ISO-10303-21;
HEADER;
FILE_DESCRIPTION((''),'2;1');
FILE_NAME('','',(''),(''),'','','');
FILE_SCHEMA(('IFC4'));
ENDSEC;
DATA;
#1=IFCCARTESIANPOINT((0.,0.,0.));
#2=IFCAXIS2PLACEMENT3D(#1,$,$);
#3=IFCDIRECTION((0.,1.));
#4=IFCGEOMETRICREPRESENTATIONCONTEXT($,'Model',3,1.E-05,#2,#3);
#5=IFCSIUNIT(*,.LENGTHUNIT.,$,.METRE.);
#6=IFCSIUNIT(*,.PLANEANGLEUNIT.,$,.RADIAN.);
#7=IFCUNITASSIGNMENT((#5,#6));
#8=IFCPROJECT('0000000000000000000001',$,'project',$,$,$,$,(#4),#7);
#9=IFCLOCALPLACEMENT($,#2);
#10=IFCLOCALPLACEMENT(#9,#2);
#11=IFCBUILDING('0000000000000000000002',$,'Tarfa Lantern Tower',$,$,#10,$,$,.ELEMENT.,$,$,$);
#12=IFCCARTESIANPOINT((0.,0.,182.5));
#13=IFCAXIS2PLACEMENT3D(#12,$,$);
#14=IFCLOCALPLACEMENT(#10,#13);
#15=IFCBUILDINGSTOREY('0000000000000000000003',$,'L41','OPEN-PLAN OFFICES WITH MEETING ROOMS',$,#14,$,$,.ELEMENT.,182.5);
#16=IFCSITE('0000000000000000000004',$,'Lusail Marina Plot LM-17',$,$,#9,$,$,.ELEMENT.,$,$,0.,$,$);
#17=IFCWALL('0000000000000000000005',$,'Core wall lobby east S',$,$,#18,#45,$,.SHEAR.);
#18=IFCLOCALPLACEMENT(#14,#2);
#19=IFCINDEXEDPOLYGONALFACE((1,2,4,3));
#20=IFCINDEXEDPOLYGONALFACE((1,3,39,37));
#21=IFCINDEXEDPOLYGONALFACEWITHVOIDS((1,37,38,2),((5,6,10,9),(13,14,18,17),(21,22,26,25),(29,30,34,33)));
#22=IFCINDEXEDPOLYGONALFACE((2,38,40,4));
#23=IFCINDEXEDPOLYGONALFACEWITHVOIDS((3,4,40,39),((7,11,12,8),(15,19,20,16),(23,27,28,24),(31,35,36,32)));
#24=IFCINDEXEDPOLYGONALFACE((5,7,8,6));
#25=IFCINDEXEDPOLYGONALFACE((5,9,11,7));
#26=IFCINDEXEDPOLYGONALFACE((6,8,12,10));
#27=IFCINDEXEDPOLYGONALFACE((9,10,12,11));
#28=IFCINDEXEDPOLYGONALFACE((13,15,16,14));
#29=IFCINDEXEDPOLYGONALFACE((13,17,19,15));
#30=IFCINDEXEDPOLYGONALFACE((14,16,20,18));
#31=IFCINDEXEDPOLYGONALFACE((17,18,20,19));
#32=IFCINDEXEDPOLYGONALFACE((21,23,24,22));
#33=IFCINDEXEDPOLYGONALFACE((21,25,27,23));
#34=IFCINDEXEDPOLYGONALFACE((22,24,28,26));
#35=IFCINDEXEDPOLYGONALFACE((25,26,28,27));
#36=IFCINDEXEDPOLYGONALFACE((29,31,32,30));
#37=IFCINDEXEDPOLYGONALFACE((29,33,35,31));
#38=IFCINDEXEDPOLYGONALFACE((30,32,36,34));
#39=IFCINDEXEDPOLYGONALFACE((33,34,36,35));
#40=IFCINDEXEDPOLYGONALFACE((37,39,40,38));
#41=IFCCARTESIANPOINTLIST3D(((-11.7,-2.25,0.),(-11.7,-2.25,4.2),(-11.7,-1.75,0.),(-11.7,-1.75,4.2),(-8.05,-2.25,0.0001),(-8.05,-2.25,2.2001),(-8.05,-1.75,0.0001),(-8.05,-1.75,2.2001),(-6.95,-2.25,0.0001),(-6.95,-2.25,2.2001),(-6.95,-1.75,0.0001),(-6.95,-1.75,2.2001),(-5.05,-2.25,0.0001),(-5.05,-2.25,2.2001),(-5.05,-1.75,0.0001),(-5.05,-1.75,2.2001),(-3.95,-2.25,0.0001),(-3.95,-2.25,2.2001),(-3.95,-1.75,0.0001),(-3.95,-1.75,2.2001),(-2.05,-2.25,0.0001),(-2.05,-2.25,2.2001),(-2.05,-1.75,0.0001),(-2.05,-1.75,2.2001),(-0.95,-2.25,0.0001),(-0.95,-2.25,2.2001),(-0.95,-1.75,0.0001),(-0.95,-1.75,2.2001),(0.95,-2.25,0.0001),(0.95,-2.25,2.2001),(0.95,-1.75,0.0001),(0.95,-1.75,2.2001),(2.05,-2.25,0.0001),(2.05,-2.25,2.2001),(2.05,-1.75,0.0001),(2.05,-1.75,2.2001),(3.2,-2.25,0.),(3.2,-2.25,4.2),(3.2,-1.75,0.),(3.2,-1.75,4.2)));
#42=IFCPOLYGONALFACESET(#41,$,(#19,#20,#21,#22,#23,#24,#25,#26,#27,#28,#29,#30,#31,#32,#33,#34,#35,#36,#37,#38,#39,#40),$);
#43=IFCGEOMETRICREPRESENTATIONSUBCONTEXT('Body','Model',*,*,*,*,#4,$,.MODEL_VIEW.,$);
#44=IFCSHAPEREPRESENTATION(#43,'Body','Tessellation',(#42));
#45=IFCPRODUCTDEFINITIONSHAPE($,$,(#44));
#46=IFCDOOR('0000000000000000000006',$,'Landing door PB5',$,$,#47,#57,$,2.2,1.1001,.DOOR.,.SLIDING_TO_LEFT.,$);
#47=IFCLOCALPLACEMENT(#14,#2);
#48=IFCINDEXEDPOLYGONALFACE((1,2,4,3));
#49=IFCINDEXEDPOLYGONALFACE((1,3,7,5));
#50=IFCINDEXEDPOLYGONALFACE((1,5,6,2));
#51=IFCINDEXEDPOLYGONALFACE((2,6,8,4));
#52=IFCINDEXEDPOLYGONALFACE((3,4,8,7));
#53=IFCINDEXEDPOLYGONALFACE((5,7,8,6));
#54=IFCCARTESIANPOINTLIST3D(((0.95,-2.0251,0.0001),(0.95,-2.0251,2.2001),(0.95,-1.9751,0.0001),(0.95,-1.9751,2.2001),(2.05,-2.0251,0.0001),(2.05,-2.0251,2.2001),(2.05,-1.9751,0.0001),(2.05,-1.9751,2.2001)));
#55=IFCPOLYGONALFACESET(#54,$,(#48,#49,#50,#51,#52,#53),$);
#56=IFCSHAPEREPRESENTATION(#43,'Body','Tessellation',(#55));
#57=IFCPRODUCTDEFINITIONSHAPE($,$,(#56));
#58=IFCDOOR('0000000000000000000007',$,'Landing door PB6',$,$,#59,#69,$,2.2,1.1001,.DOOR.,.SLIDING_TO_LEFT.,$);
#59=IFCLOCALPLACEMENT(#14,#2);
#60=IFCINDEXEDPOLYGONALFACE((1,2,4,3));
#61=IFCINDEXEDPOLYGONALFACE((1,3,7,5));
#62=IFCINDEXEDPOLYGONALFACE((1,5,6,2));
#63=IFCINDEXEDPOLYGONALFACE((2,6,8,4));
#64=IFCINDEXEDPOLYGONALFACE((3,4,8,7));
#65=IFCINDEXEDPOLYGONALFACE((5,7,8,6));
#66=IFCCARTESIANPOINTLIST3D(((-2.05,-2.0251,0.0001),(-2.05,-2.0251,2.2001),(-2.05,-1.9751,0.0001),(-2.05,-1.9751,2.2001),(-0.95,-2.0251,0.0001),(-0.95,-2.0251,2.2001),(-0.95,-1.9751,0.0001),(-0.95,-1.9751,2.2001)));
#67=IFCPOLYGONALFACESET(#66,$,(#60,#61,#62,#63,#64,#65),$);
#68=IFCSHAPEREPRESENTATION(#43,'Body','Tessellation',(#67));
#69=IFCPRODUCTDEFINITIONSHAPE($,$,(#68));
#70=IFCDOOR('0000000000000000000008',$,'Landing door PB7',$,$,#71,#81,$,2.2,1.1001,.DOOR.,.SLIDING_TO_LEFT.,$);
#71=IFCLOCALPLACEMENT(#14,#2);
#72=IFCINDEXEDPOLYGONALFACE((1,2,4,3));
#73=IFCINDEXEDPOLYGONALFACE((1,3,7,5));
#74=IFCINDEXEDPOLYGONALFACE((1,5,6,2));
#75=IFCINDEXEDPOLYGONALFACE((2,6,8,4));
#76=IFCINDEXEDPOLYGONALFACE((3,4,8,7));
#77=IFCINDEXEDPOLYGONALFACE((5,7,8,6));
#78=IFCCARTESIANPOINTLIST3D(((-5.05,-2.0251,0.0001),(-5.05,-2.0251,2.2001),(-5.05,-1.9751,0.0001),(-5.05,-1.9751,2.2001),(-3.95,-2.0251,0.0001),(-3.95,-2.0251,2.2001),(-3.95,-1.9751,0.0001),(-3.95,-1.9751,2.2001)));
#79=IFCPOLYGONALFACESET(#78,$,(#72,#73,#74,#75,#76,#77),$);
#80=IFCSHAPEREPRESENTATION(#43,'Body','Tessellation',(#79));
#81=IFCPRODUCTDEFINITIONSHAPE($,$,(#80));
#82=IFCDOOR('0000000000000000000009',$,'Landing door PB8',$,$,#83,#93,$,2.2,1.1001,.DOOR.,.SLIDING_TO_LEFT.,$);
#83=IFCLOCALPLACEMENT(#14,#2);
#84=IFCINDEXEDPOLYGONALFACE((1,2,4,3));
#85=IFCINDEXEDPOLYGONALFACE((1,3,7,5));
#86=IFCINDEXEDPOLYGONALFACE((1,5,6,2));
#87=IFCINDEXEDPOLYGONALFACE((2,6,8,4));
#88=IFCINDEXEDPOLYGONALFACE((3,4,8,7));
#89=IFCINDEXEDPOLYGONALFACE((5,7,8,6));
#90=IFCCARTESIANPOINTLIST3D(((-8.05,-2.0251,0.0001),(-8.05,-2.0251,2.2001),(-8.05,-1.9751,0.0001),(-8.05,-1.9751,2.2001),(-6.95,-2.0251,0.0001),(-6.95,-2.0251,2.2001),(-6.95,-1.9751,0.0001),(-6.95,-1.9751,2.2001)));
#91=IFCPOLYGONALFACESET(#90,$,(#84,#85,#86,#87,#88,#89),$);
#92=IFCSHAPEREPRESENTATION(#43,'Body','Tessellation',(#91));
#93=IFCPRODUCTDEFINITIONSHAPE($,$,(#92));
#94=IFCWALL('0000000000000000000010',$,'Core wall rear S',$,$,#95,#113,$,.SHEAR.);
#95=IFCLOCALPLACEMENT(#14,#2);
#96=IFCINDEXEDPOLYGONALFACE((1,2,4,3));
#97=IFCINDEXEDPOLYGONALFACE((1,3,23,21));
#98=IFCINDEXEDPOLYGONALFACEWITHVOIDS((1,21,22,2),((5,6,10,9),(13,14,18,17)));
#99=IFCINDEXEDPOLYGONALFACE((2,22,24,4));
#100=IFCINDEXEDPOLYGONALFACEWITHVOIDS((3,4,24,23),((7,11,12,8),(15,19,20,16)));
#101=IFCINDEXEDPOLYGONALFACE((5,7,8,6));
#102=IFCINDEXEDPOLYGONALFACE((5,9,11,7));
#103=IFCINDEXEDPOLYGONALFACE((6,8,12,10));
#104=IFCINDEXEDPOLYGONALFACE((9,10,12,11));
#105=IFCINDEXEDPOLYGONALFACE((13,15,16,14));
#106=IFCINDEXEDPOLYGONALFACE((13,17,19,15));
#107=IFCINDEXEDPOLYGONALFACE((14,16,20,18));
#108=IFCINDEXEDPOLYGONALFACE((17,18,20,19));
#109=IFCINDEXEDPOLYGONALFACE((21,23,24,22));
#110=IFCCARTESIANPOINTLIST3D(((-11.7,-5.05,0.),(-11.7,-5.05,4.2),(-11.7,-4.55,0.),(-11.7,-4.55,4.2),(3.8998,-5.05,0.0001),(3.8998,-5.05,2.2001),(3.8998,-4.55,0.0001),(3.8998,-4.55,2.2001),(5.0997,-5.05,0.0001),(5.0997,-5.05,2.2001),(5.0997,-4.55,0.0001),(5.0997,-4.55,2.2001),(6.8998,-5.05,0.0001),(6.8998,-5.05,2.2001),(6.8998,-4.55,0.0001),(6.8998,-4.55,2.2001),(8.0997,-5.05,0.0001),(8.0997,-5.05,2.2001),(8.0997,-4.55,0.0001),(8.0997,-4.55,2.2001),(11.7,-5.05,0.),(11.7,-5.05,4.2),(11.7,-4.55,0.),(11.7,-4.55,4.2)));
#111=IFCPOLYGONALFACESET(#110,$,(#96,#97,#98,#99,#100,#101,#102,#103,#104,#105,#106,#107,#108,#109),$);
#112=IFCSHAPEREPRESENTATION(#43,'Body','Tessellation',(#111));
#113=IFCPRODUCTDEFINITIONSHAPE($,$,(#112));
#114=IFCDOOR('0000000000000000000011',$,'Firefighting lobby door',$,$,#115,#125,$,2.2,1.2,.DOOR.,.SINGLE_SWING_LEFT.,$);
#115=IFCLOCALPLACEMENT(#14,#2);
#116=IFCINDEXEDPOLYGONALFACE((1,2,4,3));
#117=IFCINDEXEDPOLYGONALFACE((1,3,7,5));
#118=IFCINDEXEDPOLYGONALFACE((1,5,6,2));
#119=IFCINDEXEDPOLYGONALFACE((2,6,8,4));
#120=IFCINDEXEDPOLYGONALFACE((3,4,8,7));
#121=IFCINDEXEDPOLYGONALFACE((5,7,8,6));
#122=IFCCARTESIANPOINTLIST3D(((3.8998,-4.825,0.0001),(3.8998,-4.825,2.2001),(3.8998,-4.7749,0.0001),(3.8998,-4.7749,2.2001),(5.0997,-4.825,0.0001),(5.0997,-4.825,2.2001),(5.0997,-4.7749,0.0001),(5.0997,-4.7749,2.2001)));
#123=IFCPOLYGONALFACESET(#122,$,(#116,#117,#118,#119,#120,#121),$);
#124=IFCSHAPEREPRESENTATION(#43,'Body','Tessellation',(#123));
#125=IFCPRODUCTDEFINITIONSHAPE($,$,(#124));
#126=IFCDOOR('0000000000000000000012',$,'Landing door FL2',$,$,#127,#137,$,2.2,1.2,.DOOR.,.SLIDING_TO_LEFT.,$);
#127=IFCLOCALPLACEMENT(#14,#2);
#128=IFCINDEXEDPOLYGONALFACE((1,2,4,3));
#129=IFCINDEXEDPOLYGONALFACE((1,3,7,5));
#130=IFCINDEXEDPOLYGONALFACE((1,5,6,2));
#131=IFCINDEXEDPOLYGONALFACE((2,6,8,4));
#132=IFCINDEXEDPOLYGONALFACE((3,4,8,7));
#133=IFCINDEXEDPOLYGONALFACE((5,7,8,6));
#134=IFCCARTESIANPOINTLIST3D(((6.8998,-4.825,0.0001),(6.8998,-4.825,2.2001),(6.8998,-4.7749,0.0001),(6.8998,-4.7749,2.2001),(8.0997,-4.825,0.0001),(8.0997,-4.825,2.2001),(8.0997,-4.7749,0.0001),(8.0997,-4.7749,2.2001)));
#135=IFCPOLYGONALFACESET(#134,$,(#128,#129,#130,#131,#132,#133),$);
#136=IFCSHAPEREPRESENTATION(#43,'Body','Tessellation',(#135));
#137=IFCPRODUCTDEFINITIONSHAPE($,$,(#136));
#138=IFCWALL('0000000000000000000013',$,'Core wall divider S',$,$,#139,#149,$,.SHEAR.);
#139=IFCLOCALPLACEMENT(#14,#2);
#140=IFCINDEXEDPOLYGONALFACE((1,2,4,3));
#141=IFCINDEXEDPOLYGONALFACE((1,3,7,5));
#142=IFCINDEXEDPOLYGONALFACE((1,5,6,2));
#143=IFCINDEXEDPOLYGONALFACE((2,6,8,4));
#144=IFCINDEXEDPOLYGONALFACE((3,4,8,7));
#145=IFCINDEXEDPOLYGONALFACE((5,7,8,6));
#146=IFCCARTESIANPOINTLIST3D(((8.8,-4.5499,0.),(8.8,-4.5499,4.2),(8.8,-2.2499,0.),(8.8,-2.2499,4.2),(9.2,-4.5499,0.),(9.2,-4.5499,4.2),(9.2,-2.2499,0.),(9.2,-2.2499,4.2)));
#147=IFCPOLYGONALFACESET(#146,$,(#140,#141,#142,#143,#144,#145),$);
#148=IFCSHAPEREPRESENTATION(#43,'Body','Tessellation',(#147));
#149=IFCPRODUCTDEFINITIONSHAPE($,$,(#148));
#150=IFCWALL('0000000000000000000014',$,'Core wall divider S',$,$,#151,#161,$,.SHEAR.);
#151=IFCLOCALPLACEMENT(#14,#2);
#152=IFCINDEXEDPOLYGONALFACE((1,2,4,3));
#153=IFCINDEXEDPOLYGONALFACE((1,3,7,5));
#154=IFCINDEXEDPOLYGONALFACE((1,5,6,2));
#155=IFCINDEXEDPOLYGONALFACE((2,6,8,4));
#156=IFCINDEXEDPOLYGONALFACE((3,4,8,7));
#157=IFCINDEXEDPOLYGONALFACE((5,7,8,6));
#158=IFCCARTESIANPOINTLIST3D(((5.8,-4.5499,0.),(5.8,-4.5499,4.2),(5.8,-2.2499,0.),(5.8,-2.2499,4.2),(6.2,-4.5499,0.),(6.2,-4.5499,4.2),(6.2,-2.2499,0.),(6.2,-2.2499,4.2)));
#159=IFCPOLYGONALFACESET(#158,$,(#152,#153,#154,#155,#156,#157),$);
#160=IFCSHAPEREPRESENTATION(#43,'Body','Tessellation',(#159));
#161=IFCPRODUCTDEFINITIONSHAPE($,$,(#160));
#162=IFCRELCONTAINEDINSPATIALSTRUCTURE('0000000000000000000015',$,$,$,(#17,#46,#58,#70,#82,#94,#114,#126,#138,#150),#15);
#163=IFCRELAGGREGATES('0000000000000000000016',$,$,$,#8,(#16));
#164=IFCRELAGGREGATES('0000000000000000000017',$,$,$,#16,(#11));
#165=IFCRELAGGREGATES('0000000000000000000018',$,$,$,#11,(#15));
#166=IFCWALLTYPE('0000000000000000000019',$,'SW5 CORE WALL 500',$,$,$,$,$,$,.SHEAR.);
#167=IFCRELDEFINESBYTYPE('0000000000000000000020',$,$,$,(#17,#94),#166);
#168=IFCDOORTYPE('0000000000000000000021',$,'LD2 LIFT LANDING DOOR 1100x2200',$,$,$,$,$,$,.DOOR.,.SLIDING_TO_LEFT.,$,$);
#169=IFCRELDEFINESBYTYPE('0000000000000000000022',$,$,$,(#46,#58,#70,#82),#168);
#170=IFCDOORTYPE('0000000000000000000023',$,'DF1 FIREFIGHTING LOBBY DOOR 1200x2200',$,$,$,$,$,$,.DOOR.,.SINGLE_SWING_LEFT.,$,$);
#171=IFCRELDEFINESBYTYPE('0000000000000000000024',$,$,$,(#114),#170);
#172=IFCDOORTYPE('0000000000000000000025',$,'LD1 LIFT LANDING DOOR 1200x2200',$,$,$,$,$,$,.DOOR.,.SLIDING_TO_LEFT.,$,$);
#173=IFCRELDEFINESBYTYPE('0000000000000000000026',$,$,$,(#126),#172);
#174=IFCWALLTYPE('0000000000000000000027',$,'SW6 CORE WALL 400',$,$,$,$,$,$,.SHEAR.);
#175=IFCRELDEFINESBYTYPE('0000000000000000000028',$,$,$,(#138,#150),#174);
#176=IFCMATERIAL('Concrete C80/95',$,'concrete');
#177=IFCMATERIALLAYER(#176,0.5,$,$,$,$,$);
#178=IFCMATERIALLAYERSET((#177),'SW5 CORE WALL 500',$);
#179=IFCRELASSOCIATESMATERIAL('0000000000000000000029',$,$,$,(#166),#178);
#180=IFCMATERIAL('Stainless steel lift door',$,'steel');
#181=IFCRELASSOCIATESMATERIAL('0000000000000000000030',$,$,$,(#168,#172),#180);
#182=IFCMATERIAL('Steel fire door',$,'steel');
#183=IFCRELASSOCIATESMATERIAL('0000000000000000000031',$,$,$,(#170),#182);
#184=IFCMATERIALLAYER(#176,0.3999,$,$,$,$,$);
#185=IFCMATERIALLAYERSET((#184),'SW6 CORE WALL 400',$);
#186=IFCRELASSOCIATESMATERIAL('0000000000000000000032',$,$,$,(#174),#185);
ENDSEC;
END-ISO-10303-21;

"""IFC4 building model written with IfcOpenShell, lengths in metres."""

from ifc_helpers import new_model, si_unit, direction, frame, frame_2d, origin, place, context, subcontext, project, spatial, rectangle, extrude, material, layer, layer_set, type_object, element, fill, save


model = new_model("IFC4")

# Units and contexts
model_context = context("Model", 3, precision=1e-05, world=origin(), true_north=direction((0.0, 1.0)))
body_context = subcontext(model_context, "Body", "Model", "MODEL_VIEW")
ifc_project = project(units=[si_unit("LENGTHUNIT", "METRE"), si_unit("PLANEANGLEUNIT", "RADIAN")], contexts=[model_context])

# Site, building, storey
site_placement = place(None, origin())
site = spatial("IfcSite", under=ifc_project, at=site_placement, Name="Lusail Marina Plot LM-17", CompositionType="ELEMENT", RefElevation=0.0)
building_placement = place(site_placement, origin())
building = spatial("IfcBuilding", under=site, at=building_placement, Name="Tarfa Lantern Tower", CompositionType="ELEMENT")
storey_placement = place(building_placement, frame((0.0, 0.0, 182.5)))
storey = spatial("IfcBuildingStorey", under=building, at=storey_placement, Name="L41", Description="OPEN-PLAN OFFICES WITH MEETING ROOMS", CompositionType="ELEMENT", Elevation=182.5)

# Shared definitions
ifc_material_1 = material(Name="Concrete C80/95", Category="concrete")

# Shared definitions
ifc_material_2 = material(Name="Steel fire door", Category="steel")

# Shared definitions
ifc_layer_1 = layer(ifc_material_1, 0.5)
ifc_layer_set_1 = layer_set([ifc_layer_1], Name="SW5 CORE WALL 500")
wall_type_1 = type_object("IfcWallType", Name="SW5 CORE WALL 500", PredefinedType="SHEAR", material=ifc_layer_set_1)

# Walls, openings, doors
wall_1_placement = place(storey_placement, frame((3.2, -2.0, 0.0), z_axis=(0.0, 0.0, 1.0), x_axis=(-1.0, 0.0, 0.0)))
wall_1 = element("IfcWall", 1, at=wall_1_placement, inside=storey, type_object=wall_type_1, Name="Core wall lobby east S", PredefinedType="SHEAR", context=body_context, shape_type="SweptSolid", body=[
    extrude(rectangle(XDim=14.8999, YDim=0.5, at=frame_2d((7.45, 0.0))), origin(), (0.0, 0.0, 1.0), 4.2),
])
opening_1_placement = place(wall_1_placement, frame((1.1499, 0.0, 0.0)))
opening_1 = element("IfcOpeningElement", 2, at=opening_1_placement, cuts=wall_1, PredefinedType="OPENING", context=body_context, shape_type="SweptSolid", body=[
    extrude(rectangle(XDim=1.1001, YDim=2.2, at=frame_2d((0.55, 1.1001))), frame((0.0, 0.26, 0.0), z_axis=(0.0, -1.0, 0.0), x_axis=(1.0, 0.0, 0.0)), (0.0, 0.0, 1.0), 0.52),
])
opening_2_placement = place(wall_1_placement, frame((4.1499, 0.0, 0.0)))
opening_2 = element("IfcOpeningElement", 3, at=opening_2_placement, cuts=wall_1, PredefinedType="OPENING", context=body_context, shape_type="SweptSolid", body=[
    extrude(rectangle(XDim=1.1001, YDim=2.2, at=frame_2d((0.55, 1.1001))), frame((0.0, 0.26, 0.0), z_axis=(0.0, -1.0, 0.0), x_axis=(1.0, 0.0, 0.0)), (0.0, 0.0, 1.0), 0.52),
])
opening_3_placement = place(wall_1_placement, frame((7.1499, 0.0, 0.0)))
opening_3 = element("IfcOpeningElement", 4, at=opening_3_placement, cuts=wall_1, PredefinedType="OPENING", context=body_context, shape_type="SweptSolid", body=[
    extrude(rectangle(XDim=1.1001, YDim=2.2, at=frame_2d((0.55, 1.1001))), frame((0.0, 0.26, 0.0), z_axis=(0.0, -1.0, 0.0), x_axis=(1.0, 0.0, 0.0)), (0.0, 0.0, 1.0), 0.52),
])
opening_4_placement = place(wall_1_placement, frame((10.1499, 0.0, 0.0)))
opening_4 = element("IfcOpeningElement", 5, at=opening_4_placement, cuts=wall_1, PredefinedType="OPENING", context=body_context, shape_type="SweptSolid", body=[
    extrude(rectangle(XDim=1.1001, YDim=2.2, at=frame_2d((0.55, 1.1001))), frame((0.0, 0.26, 0.0), z_axis=(0.0, -1.0, 0.0), x_axis=(1.0, 0.0, 0.0)), (0.0, 0.0, 1.0), 0.52),
])
ifc_material_3 = material(Name="Stainless steel lift door", Category="steel")
door_type_1 = type_object("IfcDoorType", Name="LD2 LIFT LANDING DOOR 1100x2200", OperationType="SLIDING_TO_LEFT", PredefinedType="DOOR", material=ifc_material_3)
door_1_placement = place(opening_1_placement, frame((1.1001, 0.0, 0.0), z_axis=(0.0, 0.0, 1.0), x_axis=(-1.0, 0.0, 0.0)))
door_1 = element("IfcDoor", 6, at=door_1_placement, inside=storey, type_object=door_type_1, Name="Landing door PB5", OperationType="SLIDING_TO_LEFT", OverallHeight=2.2, OverallWidth=1.1001, PredefinedType="DOOR", context=body_context, shape_type="SweptSolid", body=[
    extrude(rectangle(XDim=1.1001, YDim=2.2, at=frame_2d((0.55, 1.1001))), frame((0.0, 0.0249, 0.0), z_axis=(0.0, -1.0, 0.0), x_axis=(1.0, 0.0, 0.0)), (0.0, 0.0, 1.0), 0.05),
])
fill(opening_1, door_1)
door_2_placement = place(opening_2_placement, frame((1.1001, 0.0, 0.0), z_axis=(0.0, 0.0, 1.0), x_axis=(-1.0, 0.0, 0.0)))
door_2 = element("IfcDoor", 7, at=door_2_placement, inside=storey, type_object=door_type_1, Name="Landing door PB6", OperationType="SLIDING_TO_LEFT", OverallHeight=2.2, OverallWidth=1.1001, PredefinedType="DOOR", context=body_context, shape_type="SweptSolid", body=[
    extrude(rectangle(XDim=1.1001, YDim=2.2, at=frame_2d((0.55, 1.1001))), frame((0.0, 0.0249, 0.0), z_axis=(0.0, -1.0, 0.0), x_axis=(1.0, 0.0, 0.0)), (0.0, 0.0, 1.0), 0.05),
])
fill(opening_2, door_2)
door_3_placement = place(opening_3_placement, frame((1.1001, 0.0, 0.0), z_axis=(0.0, 0.0, 1.0), x_axis=(-1.0, 0.0, 0.0)))
door_3 = element("IfcDoor", 8, at=door_3_placement, inside=storey, type_object=door_type_1, Name="Landing door PB7", OperationType="SLIDING_TO_LEFT", OverallHeight=2.2, OverallWidth=1.1001, PredefinedType="DOOR", context=body_context, shape_type="SweptSolid", body=[
    extrude(rectangle(XDim=1.1001, YDim=2.2, at=frame_2d((0.55, 1.1001))), frame((0.0, 0.0249, 0.0), z_axis=(0.0, -1.0, 0.0), x_axis=(1.0, 0.0, 0.0)), (0.0, 0.0, 1.0), 0.05),
])
fill(opening_3, door_3)
door_4_placement = place(opening_4_placement, frame((1.1001, 0.0, 0.0), z_axis=(0.0, 0.0, 1.0), x_axis=(-1.0, 0.0, 0.0)))
door_4 = element("IfcDoor", 9, at=door_4_placement, inside=storey, type_object=door_type_1, Name="Landing door PB8", OperationType="SLIDING_TO_LEFT", OverallHeight=2.2, OverallWidth=1.1001, PredefinedType="DOOR", context=body_context, shape_type="SweptSolid", body=[
    extrude(rectangle(XDim=1.1001, YDim=2.2, at=frame_2d((0.55, 1.1001))), frame((0.0, 0.0249, 0.0), z_axis=(0.0, -1.0, 0.0), x_axis=(1.0, 0.0, 0.0)), (0.0, 0.0, 1.0), 0.05),
])
fill(opening_4, door_4)
wall_2_placement = place(storey_placement, frame((11.7, -4.8, 0.0), z_axis=(0.0, 0.0, 1.0), x_axis=(-1.0, 0.0, 0.0)))
wall_2 = element("IfcWall", 10, at=wall_2_placement, inside=storey, type_object=wall_type_1, Name="Core wall rear S", PredefinedType="SHEAR", context=body_context, shape_type="SweptSolid", body=[
    extrude(rectangle(XDim=23.3999, YDim=0.5, at=frame_2d((11.7, 0.0))), origin(), (0.0, 0.0, 1.0), 4.2),
])
opening_5_placement = place(wall_2_placement, frame((6.6001, 0.0, 0.0)))
opening_5 = element("IfcOpeningElement", 11, at=opening_5_placement, cuts=wall_2, PredefinedType="OPENING", context=body_context, shape_type="SweptSolid", body=[
    extrude(rectangle(XDim=1.2, YDim=2.2, at=frame_2d((0.6001, 1.1001))), frame((0.0, 0.26, 0.0), z_axis=(0.0, -1.0, 0.0), x_axis=(1.0, 0.0, 0.0)), (0.0, 0.0, 1.0), 0.52),
])
opening_6_placement = place(wall_2_placement, frame((3.6001, 0.0, 0.0)))
opening_6 = element("IfcOpeningElement", 12, at=opening_6_placement, cuts=wall_2, PredefinedType="OPENING", context=body_context, shape_type="SweptSolid", body=[
    extrude(rectangle(XDim=1.2, YDim=2.2, at=frame_2d((0.6001, 1.1001))), frame((0.0, 0.26, 0.0), z_axis=(0.0, -1.0, 0.0), x_axis=(1.0, 0.0, 0.0)), (0.0, 0.0, 1.0), 0.52),
])
door_type_2 = type_object("IfcDoorType", Name="DF1 FIREFIGHTING LOBBY DOOR 1200x2200", OperationType="SINGLE_SWING_LEFT", PredefinedType="DOOR", material=ifc_material_2)
door_5_placement = place(opening_5_placement, origin())
door_5 = element("IfcDoor", 13, at=door_5_placement, inside=storey, type_object=door_type_2, Name="Firefighting lobby door", OperationType="SINGLE_SWING_LEFT", OverallHeight=2.2, OverallWidth=1.2, PredefinedType="DOOR", context=body_context, shape_type="SweptSolid", body=[
    extrude(rectangle(XDim=1.2, YDim=2.2, at=frame_2d((0.6001, 1.1001))), frame((0.0, 0.0249, 0.0), z_axis=(0.0, -1.0, 0.0), x_axis=(1.0, 0.0, 0.0)), (0.0, 0.0, 1.0), 0.05),
])
fill(opening_5, door_5)
door_type_3 = type_object("IfcDoorType", Name="LD1 LIFT LANDING DOOR 1200x2200", OperationType="SLIDING_TO_LEFT", PredefinedType="DOOR", material=ifc_material_3)
door_6_placement = place(opening_6_placement, origin())
door_6 = element("IfcDoor", 14, at=door_6_placement, inside=storey, type_object=door_type_3, Name="Landing door FL2", OperationType="SLIDING_TO_LEFT", OverallHeight=2.2, OverallWidth=1.2, PredefinedType="DOOR", context=body_context, shape_type="SweptSolid", body=[
    extrude(rectangle(XDim=1.2, YDim=2.2, at=frame_2d((0.6001, 1.1001))), frame((0.0, 0.0249, 0.0), z_axis=(0.0, -1.0, 0.0), x_axis=(1.0, 0.0, 0.0)), (0.0, 0.0, 1.0), 0.05),
])
fill(opening_6, door_6)

# Walls
ifc_layer_2 = layer(ifc_material_1, 0.3999)
ifc_layer_set_2 = layer_set([ifc_layer_2], Name="SW6 CORE WALL 400")
wall_type_2 = type_object("IfcWallType", Name="SW6 CORE WALL 400", PredefinedType="SHEAR", material=ifc_layer_set_2)
for number, where, z_axis, x_axis, name in (
    (15, (9.0, -2.25, 0.0), (0.0, 0.0, 1.0), (0.0, -1.0, 0.0), "Core wall divider S"),
    (16, (6.0, -2.25, 0.0), (0.0, 0.0, 1.0), (0.0, -1.0, 0.0), "Core wall divider S"),
):
    element("IfcWall", number, at=place(storey_placement, frame(where, z_axis=z_axis, x_axis=x_axis)), inside=storey, type_object=wall_type_2, Name=name, PredefinedType="SHEAR", context=body_context, shape_type="SweptSolid", body=[
        extrude(rectangle(XDim=2.3, YDim=0.3999, at=frame_2d((1.1499, 0.0))), origin(), (0.0, 0.0, 1.0), 4.2),
    ])

save(model, "model.ifc")
